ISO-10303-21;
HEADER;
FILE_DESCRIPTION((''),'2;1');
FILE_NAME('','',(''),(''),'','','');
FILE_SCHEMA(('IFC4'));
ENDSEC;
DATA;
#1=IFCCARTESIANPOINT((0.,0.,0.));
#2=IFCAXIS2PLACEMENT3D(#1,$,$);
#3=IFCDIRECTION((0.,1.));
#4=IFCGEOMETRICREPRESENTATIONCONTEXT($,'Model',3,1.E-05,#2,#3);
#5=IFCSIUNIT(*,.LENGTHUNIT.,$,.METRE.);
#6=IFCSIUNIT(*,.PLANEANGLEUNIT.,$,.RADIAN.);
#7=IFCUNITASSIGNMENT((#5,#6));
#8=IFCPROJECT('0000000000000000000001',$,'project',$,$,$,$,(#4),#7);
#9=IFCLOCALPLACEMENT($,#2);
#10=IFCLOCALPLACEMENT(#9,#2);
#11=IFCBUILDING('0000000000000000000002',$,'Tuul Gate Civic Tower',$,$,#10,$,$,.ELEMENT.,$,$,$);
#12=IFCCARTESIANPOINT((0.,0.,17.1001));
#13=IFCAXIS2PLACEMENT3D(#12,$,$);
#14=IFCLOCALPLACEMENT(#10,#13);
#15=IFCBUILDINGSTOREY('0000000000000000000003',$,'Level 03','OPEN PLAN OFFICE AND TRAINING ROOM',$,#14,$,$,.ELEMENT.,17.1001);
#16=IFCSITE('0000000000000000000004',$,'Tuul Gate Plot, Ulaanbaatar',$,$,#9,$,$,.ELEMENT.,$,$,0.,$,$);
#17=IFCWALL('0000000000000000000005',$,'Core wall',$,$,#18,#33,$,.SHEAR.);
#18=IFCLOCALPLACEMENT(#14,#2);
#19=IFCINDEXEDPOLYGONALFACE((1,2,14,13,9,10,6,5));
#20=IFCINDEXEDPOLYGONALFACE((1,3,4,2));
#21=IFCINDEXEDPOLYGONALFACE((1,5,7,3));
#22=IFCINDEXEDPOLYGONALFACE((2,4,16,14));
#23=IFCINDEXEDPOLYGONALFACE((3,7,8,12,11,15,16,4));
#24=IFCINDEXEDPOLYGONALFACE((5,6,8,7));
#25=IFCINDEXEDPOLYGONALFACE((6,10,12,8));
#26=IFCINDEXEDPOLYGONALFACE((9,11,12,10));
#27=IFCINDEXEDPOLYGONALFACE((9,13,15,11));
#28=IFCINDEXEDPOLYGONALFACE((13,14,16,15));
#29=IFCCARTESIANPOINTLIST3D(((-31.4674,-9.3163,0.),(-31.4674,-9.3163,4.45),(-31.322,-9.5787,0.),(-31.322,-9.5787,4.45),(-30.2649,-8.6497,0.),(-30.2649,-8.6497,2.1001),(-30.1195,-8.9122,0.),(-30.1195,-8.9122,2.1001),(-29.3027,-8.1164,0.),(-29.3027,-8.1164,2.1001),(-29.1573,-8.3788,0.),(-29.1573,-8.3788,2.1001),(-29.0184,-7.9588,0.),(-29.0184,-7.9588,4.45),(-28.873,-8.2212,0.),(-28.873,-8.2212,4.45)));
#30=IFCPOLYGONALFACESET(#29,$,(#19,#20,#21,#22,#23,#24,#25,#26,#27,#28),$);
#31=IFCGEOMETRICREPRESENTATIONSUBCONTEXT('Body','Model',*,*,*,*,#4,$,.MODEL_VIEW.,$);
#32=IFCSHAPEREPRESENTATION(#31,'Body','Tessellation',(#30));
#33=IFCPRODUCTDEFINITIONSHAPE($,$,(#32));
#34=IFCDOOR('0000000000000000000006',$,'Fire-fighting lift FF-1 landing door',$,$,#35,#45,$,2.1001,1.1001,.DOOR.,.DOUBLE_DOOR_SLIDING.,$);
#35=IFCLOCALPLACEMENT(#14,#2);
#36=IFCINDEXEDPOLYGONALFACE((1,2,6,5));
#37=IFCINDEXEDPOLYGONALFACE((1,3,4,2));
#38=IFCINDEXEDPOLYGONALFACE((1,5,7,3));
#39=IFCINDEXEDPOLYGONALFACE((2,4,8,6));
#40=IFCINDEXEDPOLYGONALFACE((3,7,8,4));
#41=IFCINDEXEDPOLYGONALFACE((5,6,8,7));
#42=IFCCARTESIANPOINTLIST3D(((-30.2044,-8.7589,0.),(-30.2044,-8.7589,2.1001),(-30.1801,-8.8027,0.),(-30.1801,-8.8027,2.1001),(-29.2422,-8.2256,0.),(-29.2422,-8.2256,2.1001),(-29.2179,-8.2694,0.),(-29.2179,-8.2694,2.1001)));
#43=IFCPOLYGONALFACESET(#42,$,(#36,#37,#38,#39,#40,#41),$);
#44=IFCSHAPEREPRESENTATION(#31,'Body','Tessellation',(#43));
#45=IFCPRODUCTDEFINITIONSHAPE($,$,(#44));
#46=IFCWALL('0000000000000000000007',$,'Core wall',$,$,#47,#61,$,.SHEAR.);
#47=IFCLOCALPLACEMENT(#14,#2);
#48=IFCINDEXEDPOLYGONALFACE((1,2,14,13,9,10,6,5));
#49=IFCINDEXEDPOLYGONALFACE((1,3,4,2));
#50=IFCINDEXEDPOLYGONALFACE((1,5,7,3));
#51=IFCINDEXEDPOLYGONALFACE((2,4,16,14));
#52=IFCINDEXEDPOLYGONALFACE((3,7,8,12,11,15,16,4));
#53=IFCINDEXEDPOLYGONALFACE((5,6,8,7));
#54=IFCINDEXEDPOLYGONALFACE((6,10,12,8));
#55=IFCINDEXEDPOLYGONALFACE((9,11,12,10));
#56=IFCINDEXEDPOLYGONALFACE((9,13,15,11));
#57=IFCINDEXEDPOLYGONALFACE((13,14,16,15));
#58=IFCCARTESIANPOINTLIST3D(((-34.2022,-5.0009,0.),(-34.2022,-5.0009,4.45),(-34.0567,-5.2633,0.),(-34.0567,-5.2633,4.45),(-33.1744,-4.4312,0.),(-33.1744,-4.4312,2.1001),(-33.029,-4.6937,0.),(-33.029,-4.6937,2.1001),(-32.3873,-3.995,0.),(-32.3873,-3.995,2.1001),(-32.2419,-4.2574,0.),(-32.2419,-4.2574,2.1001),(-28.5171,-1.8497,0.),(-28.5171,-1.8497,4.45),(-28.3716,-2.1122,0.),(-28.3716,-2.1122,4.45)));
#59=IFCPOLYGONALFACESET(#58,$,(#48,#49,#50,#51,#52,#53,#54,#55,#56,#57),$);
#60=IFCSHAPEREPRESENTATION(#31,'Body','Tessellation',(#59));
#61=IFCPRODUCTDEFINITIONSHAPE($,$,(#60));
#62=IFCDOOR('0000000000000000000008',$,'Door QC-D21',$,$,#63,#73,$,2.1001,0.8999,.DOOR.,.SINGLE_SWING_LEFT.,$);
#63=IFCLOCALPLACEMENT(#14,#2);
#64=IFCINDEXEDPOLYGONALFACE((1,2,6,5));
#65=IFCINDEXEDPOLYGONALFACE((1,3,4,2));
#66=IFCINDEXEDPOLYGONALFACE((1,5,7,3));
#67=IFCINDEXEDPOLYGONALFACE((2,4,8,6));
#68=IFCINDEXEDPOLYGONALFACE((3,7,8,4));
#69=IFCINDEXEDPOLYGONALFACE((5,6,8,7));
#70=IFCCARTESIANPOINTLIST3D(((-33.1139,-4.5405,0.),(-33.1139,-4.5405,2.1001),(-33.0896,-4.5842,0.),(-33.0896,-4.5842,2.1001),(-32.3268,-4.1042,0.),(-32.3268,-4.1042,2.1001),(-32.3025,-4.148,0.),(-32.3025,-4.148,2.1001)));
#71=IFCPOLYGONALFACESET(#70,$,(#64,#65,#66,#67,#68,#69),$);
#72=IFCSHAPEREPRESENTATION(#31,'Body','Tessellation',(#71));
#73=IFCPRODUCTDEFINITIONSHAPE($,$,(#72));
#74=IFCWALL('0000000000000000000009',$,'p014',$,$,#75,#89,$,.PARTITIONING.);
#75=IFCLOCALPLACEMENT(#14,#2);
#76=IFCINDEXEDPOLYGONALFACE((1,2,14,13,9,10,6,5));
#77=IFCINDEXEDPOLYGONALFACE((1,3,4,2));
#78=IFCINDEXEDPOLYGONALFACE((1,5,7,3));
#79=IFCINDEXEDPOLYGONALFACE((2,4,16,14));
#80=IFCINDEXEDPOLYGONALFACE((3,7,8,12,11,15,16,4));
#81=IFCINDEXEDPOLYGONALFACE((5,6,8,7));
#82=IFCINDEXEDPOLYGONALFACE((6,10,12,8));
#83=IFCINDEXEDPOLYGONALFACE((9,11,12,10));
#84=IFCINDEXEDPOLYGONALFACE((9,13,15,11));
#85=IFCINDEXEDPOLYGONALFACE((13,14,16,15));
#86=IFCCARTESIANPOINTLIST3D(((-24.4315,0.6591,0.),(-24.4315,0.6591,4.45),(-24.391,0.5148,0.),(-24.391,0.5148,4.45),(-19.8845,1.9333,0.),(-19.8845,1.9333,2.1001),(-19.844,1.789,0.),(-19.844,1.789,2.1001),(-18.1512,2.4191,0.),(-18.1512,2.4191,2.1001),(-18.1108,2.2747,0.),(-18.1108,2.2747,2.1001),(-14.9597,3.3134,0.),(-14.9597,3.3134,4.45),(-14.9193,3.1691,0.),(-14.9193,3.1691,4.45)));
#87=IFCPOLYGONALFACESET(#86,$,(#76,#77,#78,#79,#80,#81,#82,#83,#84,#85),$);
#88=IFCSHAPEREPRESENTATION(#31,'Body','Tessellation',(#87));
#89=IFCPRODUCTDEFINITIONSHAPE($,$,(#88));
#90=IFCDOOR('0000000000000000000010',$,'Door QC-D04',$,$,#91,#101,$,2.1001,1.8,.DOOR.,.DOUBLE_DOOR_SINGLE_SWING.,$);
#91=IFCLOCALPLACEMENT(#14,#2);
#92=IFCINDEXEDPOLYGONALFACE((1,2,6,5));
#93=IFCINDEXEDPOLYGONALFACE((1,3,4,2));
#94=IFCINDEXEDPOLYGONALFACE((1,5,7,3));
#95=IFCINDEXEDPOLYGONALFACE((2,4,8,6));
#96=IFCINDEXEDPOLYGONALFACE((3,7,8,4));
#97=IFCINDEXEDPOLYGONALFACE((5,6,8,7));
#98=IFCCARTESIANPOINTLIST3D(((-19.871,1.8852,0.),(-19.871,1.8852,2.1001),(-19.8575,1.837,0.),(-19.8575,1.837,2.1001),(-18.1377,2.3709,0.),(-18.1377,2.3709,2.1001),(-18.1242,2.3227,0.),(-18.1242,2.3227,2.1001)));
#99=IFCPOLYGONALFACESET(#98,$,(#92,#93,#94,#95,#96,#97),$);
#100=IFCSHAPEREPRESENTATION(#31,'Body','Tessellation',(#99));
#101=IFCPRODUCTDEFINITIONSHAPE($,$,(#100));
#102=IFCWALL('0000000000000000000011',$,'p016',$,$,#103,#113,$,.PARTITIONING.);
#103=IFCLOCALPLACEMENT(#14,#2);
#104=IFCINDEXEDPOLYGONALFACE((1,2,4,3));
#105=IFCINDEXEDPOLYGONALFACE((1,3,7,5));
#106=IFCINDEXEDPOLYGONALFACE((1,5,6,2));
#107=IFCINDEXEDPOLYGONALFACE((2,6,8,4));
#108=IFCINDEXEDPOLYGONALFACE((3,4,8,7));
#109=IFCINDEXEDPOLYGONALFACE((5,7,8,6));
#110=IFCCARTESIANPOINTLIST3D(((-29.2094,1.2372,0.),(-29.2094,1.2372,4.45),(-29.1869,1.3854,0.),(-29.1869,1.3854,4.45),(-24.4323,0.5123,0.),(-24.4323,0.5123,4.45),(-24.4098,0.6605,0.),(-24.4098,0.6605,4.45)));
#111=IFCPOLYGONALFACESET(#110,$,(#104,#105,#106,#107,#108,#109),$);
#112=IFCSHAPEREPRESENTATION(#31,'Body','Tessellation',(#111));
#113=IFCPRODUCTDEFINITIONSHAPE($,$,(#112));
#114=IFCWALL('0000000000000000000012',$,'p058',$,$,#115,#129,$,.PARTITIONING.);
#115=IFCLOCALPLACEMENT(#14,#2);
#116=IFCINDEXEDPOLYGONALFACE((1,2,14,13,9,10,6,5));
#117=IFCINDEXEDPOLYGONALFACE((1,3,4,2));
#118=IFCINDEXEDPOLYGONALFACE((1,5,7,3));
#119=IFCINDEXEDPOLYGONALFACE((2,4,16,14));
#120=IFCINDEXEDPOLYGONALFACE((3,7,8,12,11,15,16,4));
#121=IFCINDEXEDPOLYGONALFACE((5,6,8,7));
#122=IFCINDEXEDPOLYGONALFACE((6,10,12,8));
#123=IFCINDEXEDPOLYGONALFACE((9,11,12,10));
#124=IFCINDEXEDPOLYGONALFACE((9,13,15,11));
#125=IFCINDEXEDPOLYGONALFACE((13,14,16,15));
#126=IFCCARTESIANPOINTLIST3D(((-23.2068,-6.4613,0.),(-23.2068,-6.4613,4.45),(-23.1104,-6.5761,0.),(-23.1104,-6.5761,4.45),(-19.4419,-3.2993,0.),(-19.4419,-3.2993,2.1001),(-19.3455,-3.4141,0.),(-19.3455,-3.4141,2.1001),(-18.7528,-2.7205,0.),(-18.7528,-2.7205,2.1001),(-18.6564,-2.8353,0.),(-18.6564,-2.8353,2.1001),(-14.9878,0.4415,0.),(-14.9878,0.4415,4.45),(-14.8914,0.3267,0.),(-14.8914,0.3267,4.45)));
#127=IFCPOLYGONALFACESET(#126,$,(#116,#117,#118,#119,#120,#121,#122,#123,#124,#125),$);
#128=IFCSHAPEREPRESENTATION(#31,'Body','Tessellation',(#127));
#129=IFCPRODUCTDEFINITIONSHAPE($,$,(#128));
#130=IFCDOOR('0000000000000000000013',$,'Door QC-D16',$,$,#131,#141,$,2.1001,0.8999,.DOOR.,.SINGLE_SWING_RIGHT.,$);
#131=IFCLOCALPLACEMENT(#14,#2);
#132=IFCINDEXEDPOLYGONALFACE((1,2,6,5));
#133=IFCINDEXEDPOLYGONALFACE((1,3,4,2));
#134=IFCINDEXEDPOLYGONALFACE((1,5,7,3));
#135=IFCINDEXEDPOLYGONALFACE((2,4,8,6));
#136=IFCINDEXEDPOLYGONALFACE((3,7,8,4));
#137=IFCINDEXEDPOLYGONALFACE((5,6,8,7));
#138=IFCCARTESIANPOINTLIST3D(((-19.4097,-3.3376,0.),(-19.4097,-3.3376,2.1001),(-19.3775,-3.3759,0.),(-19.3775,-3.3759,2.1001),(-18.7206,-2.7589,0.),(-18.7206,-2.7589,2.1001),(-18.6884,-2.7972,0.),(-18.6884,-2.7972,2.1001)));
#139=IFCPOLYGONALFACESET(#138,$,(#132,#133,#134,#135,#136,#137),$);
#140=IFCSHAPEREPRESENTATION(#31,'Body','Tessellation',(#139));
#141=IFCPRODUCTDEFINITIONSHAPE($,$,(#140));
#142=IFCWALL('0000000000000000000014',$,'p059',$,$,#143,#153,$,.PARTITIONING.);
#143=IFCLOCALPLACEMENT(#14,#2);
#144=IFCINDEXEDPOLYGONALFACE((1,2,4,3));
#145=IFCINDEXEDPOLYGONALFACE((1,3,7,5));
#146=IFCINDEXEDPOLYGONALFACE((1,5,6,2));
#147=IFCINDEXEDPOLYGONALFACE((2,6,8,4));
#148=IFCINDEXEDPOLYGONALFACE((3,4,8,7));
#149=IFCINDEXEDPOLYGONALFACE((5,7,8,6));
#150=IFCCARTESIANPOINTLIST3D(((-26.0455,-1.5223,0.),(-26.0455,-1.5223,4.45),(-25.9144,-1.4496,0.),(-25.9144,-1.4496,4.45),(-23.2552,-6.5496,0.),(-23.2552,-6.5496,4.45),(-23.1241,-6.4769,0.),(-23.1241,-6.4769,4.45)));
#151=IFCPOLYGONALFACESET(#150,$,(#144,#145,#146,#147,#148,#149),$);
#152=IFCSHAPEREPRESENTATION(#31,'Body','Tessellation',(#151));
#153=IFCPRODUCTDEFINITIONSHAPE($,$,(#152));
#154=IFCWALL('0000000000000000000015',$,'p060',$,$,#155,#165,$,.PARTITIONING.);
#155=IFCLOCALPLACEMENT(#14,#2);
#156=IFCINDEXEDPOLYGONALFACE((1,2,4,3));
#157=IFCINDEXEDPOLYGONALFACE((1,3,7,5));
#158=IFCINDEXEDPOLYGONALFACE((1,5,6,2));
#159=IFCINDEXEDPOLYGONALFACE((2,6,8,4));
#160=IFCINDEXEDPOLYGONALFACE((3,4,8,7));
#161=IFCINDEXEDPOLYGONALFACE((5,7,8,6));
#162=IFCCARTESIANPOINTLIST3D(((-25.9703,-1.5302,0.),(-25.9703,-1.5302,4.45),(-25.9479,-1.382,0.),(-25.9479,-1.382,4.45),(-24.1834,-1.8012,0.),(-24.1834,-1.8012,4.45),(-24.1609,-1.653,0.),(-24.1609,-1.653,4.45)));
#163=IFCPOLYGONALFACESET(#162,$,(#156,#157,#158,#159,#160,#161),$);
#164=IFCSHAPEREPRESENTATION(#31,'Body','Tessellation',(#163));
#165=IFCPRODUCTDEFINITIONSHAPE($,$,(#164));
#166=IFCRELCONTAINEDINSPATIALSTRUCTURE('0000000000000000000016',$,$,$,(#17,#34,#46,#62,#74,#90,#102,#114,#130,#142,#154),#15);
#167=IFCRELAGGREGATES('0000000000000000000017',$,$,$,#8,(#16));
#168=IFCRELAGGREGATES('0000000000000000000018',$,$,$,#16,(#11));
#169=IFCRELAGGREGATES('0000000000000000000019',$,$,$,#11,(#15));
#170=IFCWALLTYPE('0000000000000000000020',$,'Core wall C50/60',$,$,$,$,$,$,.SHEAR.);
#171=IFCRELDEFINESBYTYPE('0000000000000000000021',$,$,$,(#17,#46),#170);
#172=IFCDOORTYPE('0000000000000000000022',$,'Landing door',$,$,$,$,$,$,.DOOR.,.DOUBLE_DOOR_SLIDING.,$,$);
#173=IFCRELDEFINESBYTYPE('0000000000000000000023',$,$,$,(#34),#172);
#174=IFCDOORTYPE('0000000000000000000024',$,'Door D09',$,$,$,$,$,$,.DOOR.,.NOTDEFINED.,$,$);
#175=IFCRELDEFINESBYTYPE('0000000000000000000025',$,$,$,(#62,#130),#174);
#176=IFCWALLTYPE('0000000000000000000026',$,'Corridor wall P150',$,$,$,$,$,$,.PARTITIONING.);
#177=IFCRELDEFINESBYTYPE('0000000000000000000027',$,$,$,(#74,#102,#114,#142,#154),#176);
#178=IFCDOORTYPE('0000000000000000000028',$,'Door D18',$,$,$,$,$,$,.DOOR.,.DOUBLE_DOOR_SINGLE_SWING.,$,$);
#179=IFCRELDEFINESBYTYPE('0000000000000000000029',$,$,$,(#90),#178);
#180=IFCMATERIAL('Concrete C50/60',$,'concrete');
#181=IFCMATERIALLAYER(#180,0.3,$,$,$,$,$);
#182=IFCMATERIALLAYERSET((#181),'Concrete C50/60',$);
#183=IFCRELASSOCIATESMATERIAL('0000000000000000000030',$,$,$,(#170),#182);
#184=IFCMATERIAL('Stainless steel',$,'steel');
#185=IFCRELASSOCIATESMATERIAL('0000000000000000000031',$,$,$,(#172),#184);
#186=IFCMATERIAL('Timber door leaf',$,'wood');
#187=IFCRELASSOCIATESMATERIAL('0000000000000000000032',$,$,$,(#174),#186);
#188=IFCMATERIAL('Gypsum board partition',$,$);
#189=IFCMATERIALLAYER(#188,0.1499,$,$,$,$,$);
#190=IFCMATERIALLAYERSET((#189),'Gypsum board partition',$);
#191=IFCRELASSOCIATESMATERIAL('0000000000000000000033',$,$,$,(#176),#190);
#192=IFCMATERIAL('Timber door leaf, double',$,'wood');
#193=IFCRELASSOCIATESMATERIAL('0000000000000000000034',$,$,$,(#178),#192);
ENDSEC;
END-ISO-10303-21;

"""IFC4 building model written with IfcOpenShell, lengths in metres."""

from ifc_helpers import new_model, si_unit, direction, frame, frame_2d, origin, place, context, subcontext, project, spatial, rectangle, extrude, material, layer, layer_set, type_object, element, fill, save


model = new_model("IFC4")

# Units and contexts
model_context = context("Model", 3, precision=1e-05, world=origin(), true_north=direction((0.0, 1.0)))
body_context = subcontext(model_context, "Body", "Model", "MODEL_VIEW")
ifc_project = project(units=[si_unit("LENGTHUNIT", "METRE"), si_unit("PLANEANGLEUNIT", "RADIAN")], contexts=[model_context])

# Site, building, storey
site_placement = place(None, origin())
site = spatial("IfcSite", under=ifc_project, at=site_placement, Name="Tuul Gate Plot, Ulaanbaatar", CompositionType="ELEMENT", RefElevation=0.0)
building_placement = place(site_placement, origin())
building = spatial("IfcBuilding", under=site, at=building_placement, Name="Tuul Gate Civic Tower", CompositionType="ELEMENT")
storey_placement = place(building_placement, frame((0.0, 0.0, 17.1001)))
storey = spatial("IfcBuildingStorey", under=building, at=storey_placement, Name="Level 03", Description="OPEN PLAN OFFICE AND TRAINING ROOM", CompositionType="ELEMENT", Elevation=17.1001)

# Walls, openings, doors
ifc_material_1 = material(Name="Concrete C50/60", Category="concrete")
ifc_layer_1 = layer(ifc_material_1, 0.3)
ifc_layer_set_1 = layer_set([ifc_layer_1], Name="Concrete C50/60")
wall_type_1 = type_object("IfcWallType", Name="Core wall C50/60", PredefinedType="SHEAR", material=ifc_layer_set_1)
wall_1_placement = place(storey_placement, frame((-28.9458, -8.0901, 0.0), z_axis=(0.0, 0.0, 1.0), x_axis=(-0.87463, -0.484791, 0.0)))
wall_1 = element("IfcWall", 1, at=wall_1_placement, inside=storey, type_object=wall_type_1, Name="Core wall", PredefinedType="SHEAR", context=body_context, shape_type="SweptSolid", body=[
    extrude(rectangle(XDim=2.8, YDim=0.3, at=frame_2d((1.3999, 0.0))), origin(), (0.0, 0.0, 1.0), 4.45),
])
opening_1_placement = place(wall_1_placement, frame((0.325, 0.0, 0.0)))
opening_1 = element("IfcOpeningElement", 2, at=opening_1_placement, cuts=wall_1, PredefinedType="OPENING", context=body_context, shape_type="SweptSolid", body=[
    extrude(rectangle(XDim=1.1001, YDim=2.1001, at=frame_2d((0.55, 1.05))), frame((0.0, 0.1602, 0.0), z_axis=(0.0, -1.0, 0.0), x_axis=(1.0, 0.0, 0.0)), (0.0, 0.0, 1.0), 0.3201),
])
ifc_material_2 = material(Name="Stainless steel", Category="steel")
door_type_1 = type_object("IfcDoorType", Name="Landing door", OperationType="DOUBLE_DOOR_SLIDING", PredefinedType="DOOR", material=ifc_material_2)
door_1_placement = place(opening_1_placement, origin())
door_1 = element("IfcDoor", 3, at=door_1_placement, inside=storey, type_object=door_type_1, Name="Fire-fighting lift FF-1 landing door", OperationType="DOUBLE_DOOR_SLIDING", OverallHeight=2.1001, OverallWidth=1.1001, PredefinedType="DOOR", context=body_context, shape_type="SweptSolid", body=[
    extrude(rectangle(XDim=1.1001, YDim=2.1001, at=frame_2d((0.55, 1.05))), frame((0.0, 0.0249, 0.0), z_axis=(0.0, -1.0, 0.0), x_axis=(1.0, 0.0, 0.0)), (0.0, 0.0, 1.0), 0.05),
])
fill(opening_1, door_1)
wall_2_placement = place(storey_placement, frame((-28.4443, -1.981, 0.0), z_axis=(0.0, 0.0, 1.0), x_axis=(-0.87463, -0.484791, 0.0)))
wall_2 = element("IfcWall", 4, at=wall_2_placement, inside=storey, type_object=wall_type_1, Name="Core wall", PredefinedType="SHEAR", context=body_context, shape_type="SweptSolid", body=[
    extrude(rectangle(XDim=6.5, YDim=0.3, at=frame_2d((3.25, 0.0))), origin(), (0.0, 0.0, 1.0), 4.45),
])
opening_2_placement = place(wall_2_placement, frame((4.425, 0.0, 0.0)))
opening_2 = element("IfcOpeningElement", 5, at=opening_2_placement, cuts=wall_2, PredefinedType="OPENING", context=body_context, shape_type="SweptSolid", body=[
    extrude(rectangle(XDim=0.8999, YDim=2.1001, at=frame_2d((0.45, 1.05))), frame((0.0, 0.1602, 0.0), z_axis=(0.0, -1.0, 0.0), x_axis=(1.0, 0.0, 0.0)), (0.0, 0.0, 1.0), 0.3201),
])
ifc_material_3 = material(Name="Timber door leaf", Category="wood")
door_type_2 = type_object("IfcDoorType", Name="Door D09", OperationType="NOTDEFINED", PredefinedType="DOOR", material=ifc_material_3)
door_2_placement = place(opening_2_placement, origin())
door_2 = element("IfcDoor", 6, at=door_2_placement, inside=storey, type_object=door_type_2, Name="Door QC-D21", OperationType="SINGLE_SWING_LEFT", OverallHeight=2.1001, OverallWidth=0.8999, PredefinedType="DOOR", context=body_context, shape_type="SweptSolid", body=[
    extrude(rectangle(XDim=0.8999, YDim=2.1001, at=frame_2d((0.45, 1.05))), frame((0.0, 0.0249, 0.0), z_axis=(0.0, -1.0, 0.0), x_axis=(1.0, 0.0, 0.0)), (0.0, 0.0, 1.0), 0.05),
])
fill(opening_2, door_2)
ifc_material_4 = material(Name="Gypsum board partition")
ifc_layer_2 = layer(ifc_material_4, 0.1499)
ifc_layer_set_2 = layer_set([ifc_layer_2], Name="Gypsum board partition")
wall_type_2 = type_object("IfcWallType", Name="Corridor wall P150", PredefinedType="PARTITIONING", material=ifc_layer_set_2)
wall_3_placement = place(storey_placement, frame((-24.4114, 0.5869, 0.0), z_axis=(0.0, 0.0, 1.0), x_axis=(0.962905, 0.26984, 0.0)))
wall_3 = element("IfcWall", 7, at=wall_3_placement, inside=storey, type_object=wall_type_2, Name="p014", PredefinedType="PARTITIONING", context=body_context, shape_type="SweptSolid", body=[
    extrude(rectangle(XDim=9.8367, YDim=0.1499, at=frame_2d((4.9185, 0.0))), origin(), (0.0, 0.0, 1.0), 4.45),
])
opening_3_placement = place(wall_3_placement, frame((4.7224, 0.0, 0.0)))
opening_3 = element("IfcOpeningElement", 8, at=opening_3_placement, cuts=wall_3, PredefinedType="OPENING", context=body_context, shape_type="SweptSolid", body=[
    extrude(rectangle(XDim=1.8, YDim=2.1001, at=frame_2d((0.8999, 1.05))), frame((0.0, 0.085, 0.0), z_axis=(0.0, -1.0, 0.0), x_axis=(1.0, 0.0, 0.0)), (0.0, 0.0, 1.0), 0.1699),
])
ifc_material_5 = material(Name="Timber door leaf, double", Category="wood")
door_type_3 = type_object("IfcDoorType", Name="Door D18", OperationType="DOUBLE_DOOR_SINGLE_SWING", PredefinedType="DOOR", material=ifc_material_5)
door_3_placement = place(opening_3_placement, origin())
door_3 = element("IfcDoor", 9, at=door_3_placement, inside=storey, type_object=door_type_3, Name="Door QC-D04", OperationType="DOUBLE_DOOR_SINGLE_SWING", OverallHeight=2.1001, OverallWidth=1.8, PredefinedType="DOOR", context=body_context, shape_type="SweptSolid", body=[
    extrude(rectangle(XDim=1.8, YDim=2.1001, at=frame_2d((0.8999, 1.05))), frame((0.0, 0.0249, 0.0), z_axis=(0.0, -1.0, 0.0), x_axis=(1.0, 0.0, 0.0)), (0.0, 0.0, 1.0), 0.05),
])
fill(opening_3, door_3)

# Wall
wall_4_placement = place(storey_placement, frame((-29.1982, 1.3113, 0.0), z_axis=(0.0, 0.0, 1.0), x_axis=(0.988683, -0.150018, 0.0)))
element("IfcWall", 10, at=wall_4_placement, inside=storey, type_object=wall_type_2, Name="p016", PredefinedType="PARTITIONING", context=body_context, shape_type="SweptSolid", body=[
    extrude(rectangle(XDim=4.8318, YDim=0.1499, at=frame_2d((2.416, 0.0))), origin(), (0.0, 0.0, 1.0), 4.45),
])

# Wall, opening, door
wall_5_placement = place(storey_placement, frame((-23.1587, -6.5188, 0.0), z_axis=(0.0, 0.0, 1.0), x_axis=(0.765756, 0.643131, 0.0)))
wall_5 = element("IfcWall", 11, at=wall_5_placement, inside=storey, type_object=wall_type_2, Name="p058", PredefinedType="PARTITIONING", context=body_context, shape_type="SweptSolid", body=[
    extrude(rectangle(XDim=10.7332, YDim=0.1499, at=frame_2d((5.3667, 0.0))), origin(), (0.0, 0.0, 1.0), 4.45),
])
opening_4_placement = place(wall_5_placement, frame((4.9167, 0.0, 0.0)))
opening_4 = element("IfcOpeningElement", 12, at=opening_4_placement, cuts=wall_5, PredefinedType="OPENING", context=body_context, shape_type="SweptSolid", body=[
    extrude(rectangle(XDim=0.8999, YDim=2.1001, at=frame_2d((0.45, 1.05))), frame((0.0, 0.085, 0.0), z_axis=(0.0, -1.0, 0.0), x_axis=(1.0, 0.0, 0.0)), (0.0, 0.0, 1.0), 0.1699),
])
door_4_placement = place(opening_4_placement, origin())
door_4 = element("IfcDoor", 13, at=door_4_placement, inside=storey, type_object=door_type_2, Name="Door QC-D16", OperationType="SINGLE_SWING_RIGHT", OverallHeight=2.1001, OverallWidth=0.8999, PredefinedType="DOOR", context=body_context, shape_type="SweptSolid", body=[
    extrude(rectangle(XDim=0.8999, YDim=2.1001, at=frame_2d((0.45, 1.05))), frame((0.0, 0.0249, 0.0), z_axis=(0.0, -1.0, 0.0), x_axis=(1.0, 0.0, 0.0)), (0.0, 0.0, 1.0), 0.05),
])
fill(opening_4, door_4)

# Walls
wall_6_placement = place(storey_placement, frame((-25.98, -1.4858, 0.0), z_axis=(0.0, 0.0, 1.0), x_axis=(0.485286, -0.874355, 0.0)))
element("IfcWall", 14, at=wall_6_placement, inside=storey, type_object=wall_type_2, Name="p059", PredefinedType="PARTITIONING", context=body_context, shape_type="SweptSolid", body=[
    extrude(rectangle(XDim=5.7498, YDim=0.1499, at=frame_2d((2.875, 0.0))), origin(), (0.0, 0.0, 1.0), 4.45),
])
wall_7_placement = place(storey_placement, frame((-25.9592, -1.4561, 0.0), z_axis=(0.0, 0.0, 1.0), x_axis=(0.988694, -0.149945, 0.0)))
element("IfcWall", 15, at=wall_7_placement, inside=storey, type_object=wall_type_2, Name="p060", PredefinedType="PARTITIONING", context=body_context, shape_type="SweptSolid", body=[
    extrude(rectangle(XDim=1.8074, YDim=0.1499, at=frame_2d((0.9038, 0.0))), origin(), (0.0, 0.0, 1.0), 4.45),
])

save(model, "model.ifc")
